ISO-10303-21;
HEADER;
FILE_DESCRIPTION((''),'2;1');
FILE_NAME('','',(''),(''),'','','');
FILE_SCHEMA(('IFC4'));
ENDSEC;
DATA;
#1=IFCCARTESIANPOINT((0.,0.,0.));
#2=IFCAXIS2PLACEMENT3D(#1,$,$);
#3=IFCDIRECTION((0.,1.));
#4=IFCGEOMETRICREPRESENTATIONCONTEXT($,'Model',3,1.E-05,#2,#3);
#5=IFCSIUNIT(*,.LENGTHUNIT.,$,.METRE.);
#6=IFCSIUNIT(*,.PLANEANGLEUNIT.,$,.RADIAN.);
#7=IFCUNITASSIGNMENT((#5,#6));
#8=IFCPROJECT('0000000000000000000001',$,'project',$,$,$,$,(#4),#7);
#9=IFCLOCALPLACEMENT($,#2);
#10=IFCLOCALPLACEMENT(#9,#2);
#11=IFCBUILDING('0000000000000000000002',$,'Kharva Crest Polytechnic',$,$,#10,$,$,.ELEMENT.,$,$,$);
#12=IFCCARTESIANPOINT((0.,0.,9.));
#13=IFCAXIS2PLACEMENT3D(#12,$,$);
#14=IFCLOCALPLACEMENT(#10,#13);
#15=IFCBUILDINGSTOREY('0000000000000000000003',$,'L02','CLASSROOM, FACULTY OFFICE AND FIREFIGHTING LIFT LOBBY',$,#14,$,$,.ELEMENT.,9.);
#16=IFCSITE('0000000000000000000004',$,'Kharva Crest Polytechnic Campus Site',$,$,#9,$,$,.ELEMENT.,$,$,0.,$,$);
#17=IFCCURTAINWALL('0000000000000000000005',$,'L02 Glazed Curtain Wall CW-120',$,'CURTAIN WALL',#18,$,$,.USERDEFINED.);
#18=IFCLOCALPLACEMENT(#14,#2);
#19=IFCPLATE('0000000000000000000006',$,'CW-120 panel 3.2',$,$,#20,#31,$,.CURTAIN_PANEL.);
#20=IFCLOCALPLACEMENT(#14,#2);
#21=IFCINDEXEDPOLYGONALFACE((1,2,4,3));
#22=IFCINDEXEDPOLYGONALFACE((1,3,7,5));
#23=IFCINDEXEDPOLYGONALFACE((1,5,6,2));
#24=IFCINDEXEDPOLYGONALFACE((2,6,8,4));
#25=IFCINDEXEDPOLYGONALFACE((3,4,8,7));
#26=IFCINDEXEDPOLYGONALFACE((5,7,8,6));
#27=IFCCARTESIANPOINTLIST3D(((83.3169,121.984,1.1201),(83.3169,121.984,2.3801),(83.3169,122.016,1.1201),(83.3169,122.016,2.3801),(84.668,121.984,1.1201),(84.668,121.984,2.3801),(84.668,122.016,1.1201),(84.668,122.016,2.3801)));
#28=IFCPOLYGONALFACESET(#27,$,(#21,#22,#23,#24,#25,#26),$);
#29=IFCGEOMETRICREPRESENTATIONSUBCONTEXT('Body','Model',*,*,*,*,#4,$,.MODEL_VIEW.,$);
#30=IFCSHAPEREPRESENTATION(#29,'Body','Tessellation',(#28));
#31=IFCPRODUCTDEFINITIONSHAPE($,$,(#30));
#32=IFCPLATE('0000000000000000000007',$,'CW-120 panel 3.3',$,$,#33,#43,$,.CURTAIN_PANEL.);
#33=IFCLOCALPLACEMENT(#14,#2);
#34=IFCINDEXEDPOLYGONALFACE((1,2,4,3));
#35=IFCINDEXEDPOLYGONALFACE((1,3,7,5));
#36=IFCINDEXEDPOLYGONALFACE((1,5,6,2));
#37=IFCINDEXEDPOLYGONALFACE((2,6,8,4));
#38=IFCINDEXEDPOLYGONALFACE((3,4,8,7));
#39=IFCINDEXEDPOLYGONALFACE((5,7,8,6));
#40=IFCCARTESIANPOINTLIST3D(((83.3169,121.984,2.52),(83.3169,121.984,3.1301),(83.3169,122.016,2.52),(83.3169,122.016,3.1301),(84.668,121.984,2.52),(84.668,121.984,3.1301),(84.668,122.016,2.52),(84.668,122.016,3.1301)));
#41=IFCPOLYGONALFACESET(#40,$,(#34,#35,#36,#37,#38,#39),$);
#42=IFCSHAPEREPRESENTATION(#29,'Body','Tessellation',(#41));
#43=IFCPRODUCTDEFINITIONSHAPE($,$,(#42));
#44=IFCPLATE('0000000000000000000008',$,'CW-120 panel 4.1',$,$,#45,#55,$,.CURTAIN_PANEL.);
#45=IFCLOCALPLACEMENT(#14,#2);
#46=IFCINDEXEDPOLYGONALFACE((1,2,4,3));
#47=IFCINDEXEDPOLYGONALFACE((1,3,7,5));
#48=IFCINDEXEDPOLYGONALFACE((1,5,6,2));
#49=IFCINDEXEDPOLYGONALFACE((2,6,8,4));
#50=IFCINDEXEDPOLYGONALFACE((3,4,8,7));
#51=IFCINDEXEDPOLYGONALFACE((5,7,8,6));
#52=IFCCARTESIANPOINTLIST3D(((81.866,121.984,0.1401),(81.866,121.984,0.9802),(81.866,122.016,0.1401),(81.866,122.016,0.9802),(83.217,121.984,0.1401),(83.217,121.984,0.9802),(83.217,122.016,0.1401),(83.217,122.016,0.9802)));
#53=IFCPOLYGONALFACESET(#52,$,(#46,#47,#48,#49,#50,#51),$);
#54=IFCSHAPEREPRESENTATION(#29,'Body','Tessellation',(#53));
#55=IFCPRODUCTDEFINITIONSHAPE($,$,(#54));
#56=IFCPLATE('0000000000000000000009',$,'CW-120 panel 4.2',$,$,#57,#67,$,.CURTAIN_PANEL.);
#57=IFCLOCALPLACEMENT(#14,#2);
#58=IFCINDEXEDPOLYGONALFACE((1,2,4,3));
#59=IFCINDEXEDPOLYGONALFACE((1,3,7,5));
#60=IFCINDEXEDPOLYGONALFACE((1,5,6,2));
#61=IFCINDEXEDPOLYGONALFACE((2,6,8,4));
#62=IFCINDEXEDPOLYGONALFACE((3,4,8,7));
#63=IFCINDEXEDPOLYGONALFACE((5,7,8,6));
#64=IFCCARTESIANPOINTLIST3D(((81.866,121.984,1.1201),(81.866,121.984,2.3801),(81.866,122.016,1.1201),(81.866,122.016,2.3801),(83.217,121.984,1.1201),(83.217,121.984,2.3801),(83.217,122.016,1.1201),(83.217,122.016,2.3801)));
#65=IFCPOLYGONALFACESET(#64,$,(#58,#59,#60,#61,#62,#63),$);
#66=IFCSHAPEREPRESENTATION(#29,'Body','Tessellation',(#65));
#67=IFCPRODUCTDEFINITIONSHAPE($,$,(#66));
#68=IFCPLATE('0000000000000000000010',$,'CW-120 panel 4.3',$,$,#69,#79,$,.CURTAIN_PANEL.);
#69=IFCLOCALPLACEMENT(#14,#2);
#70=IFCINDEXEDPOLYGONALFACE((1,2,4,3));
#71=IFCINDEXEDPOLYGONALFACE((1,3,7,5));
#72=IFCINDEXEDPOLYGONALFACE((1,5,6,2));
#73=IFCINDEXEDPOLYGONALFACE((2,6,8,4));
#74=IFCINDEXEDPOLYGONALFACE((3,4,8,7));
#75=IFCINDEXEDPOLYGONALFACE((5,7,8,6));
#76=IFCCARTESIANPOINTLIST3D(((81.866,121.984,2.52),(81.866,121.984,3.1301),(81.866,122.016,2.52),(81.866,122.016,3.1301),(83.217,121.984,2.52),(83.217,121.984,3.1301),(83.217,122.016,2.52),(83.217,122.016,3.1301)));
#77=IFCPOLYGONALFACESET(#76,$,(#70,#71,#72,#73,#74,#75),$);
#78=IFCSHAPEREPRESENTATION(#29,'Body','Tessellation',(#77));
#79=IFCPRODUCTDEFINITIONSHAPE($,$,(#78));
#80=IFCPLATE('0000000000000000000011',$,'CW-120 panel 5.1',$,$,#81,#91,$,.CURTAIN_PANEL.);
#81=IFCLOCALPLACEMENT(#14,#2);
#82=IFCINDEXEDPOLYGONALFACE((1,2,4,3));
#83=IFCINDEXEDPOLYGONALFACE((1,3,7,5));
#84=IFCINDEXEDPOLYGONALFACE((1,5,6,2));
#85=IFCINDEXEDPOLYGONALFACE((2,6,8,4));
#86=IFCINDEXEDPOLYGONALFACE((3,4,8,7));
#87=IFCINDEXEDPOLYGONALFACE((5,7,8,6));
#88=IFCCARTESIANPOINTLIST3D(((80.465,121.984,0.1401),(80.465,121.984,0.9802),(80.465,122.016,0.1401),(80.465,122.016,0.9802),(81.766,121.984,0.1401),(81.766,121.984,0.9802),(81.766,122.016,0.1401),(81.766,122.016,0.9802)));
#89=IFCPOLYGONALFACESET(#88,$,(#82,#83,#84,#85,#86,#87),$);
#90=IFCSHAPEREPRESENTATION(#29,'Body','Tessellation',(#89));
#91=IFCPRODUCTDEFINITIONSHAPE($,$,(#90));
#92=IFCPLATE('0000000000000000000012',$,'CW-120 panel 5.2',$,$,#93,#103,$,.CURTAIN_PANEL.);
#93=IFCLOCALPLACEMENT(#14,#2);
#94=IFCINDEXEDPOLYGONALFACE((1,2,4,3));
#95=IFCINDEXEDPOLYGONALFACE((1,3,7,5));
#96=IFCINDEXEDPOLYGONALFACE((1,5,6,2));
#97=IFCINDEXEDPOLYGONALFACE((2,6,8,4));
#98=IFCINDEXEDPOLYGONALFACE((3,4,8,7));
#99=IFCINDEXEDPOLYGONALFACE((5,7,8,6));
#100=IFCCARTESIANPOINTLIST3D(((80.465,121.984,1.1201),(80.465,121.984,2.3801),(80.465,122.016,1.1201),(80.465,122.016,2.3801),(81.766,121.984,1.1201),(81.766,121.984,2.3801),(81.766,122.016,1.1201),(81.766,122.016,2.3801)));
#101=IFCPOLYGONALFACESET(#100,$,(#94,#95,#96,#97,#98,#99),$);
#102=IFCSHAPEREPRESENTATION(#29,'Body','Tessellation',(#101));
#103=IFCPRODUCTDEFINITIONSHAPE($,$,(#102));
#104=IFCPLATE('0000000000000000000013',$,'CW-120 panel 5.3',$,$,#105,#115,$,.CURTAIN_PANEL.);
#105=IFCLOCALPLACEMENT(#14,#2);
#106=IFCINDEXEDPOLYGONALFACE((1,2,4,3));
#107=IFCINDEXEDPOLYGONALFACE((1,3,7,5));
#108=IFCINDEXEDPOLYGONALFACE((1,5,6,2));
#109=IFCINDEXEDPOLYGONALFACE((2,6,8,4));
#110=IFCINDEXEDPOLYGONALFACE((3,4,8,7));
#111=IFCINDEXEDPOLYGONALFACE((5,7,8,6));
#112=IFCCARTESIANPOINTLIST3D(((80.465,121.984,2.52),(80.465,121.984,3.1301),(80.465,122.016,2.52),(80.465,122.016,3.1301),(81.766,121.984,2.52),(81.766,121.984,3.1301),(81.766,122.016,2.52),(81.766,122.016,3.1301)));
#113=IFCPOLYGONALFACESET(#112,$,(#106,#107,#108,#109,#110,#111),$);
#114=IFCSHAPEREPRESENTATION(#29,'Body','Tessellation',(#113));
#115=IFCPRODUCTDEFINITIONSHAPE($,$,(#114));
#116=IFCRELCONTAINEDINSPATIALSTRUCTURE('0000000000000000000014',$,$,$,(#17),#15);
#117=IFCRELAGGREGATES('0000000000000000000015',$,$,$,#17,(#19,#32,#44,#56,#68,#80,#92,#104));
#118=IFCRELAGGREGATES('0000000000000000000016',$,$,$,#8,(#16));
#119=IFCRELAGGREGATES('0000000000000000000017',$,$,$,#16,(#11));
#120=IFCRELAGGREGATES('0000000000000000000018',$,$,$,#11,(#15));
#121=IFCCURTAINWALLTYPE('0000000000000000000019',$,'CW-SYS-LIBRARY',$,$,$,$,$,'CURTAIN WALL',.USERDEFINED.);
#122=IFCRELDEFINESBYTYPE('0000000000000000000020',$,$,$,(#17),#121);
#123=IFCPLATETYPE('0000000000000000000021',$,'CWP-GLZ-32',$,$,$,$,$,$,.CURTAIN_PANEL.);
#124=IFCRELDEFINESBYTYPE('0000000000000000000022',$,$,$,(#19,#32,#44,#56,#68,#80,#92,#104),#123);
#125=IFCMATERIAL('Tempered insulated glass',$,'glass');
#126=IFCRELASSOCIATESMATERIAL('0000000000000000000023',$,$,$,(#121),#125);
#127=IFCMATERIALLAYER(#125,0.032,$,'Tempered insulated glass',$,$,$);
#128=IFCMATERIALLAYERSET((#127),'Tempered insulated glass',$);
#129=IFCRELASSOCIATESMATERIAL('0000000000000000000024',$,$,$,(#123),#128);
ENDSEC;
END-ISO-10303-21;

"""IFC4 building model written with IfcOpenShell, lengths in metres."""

from ifc_helpers import new_model, si_unit, direction, frame, origin, origin_2d, place, context, subcontext, project, spatial, rectangle, extrude, material, layer, layer_set, type_object, element, aggregate, save


model = new_model("IFC4")

# Units and contexts
model_context = context("Model", 3, precision=1e-05, world=origin(), true_north=direction((0.0, 1.0)))
body_context = subcontext(model_context, "Body", "Model", "MODEL_VIEW")
ifc_project = project(units=[si_unit("LENGTHUNIT", "METRE"), si_unit("PLANEANGLEUNIT", "RADIAN")], contexts=[model_context])

# Site, building, storey
site_placement = place(None, origin())
site = spatial("IfcSite", under=ifc_project, at=site_placement, Name="Kharva Crest Polytechnic Campus Site", CompositionType="ELEMENT", RefElevation=0.0)
building_placement = place(site_placement, origin())
building = spatial("IfcBuilding", under=site, at=building_placement, Name="Kharva Crest Polytechnic", CompositionType="ELEMENT")
storey_placement = place(building_placement, frame((0.0, 0.0, 9.0)))
storey = spatial("IfcBuildingStorey", under=building, at=storey_placement, Name="L02", Description="CLASSROOM, FACULTY OFFICE AND FIREFIGHTING LIFT LOBBY", CompositionType="ELEMENT", Elevation=9.0)

# Curtain wall, plates
ifc_material_1 = material(Name="Tempered insulated glass", Category="glass")
curtain_wall_type = type_object("IfcCurtainWallType", Name="CW-SYS-LIBRARY", ElementType="CURTAIN WALL", PredefinedType="USERDEFINED", material=ifc_material_1)
curtain_wall_placement = place(storey_placement, origin())
curtain_wall = element("IfcCurtainWall", 1, at=curtain_wall_placement, inside=storey, type_object=curtain_wall_type, Name="L02 Glazed Curtain Wall CW-120", ObjectType="CURTAIN WALL", PredefinedType="USERDEFINED")
ifc_layer = layer(ifc_material_1, 0.032, Name="Tempered insulated glass")
ifc_layer_set = layer_set([ifc_layer], Name="Tempered insulated glass")
plate_type = type_object("IfcPlateType", Name="CWP-GLZ-32", PredefinedType="CURTAIN_PANEL", material=ifc_layer_set)
plate_1_placement = place(storey_placement, frame((83.9924, 122.0, 1.1201), z_axis=(0.0, 0.0, 1.0), x_axis=(-1.0, 0.0, 0.0)))
plate_1 = element("IfcPlate", 2, at=plate_1_placement, type_object=plate_type, Name="CW-120 panel 3.2", PredefinedType="CURTAIN_PANEL", context=body_context, shape_type="SweptSolid", body=[
    extrude(rectangle(XDim=1.3511, YDim=0.032, at=origin_2d()), origin(), (0.0, 0.0, 1.0), 1.26),
])
plate_2_placement = place(storey_placement, frame((83.9924, 122.0, 2.52), z_axis=(0.0, 0.0, 1.0), x_axis=(-1.0, 0.0, 0.0)))
plate_2 = element("IfcPlate", 3, at=plate_2_placement, type_object=plate_type, Name="CW-120 panel 3.3", PredefinedType="CURTAIN_PANEL", context=body_context, shape_type="SweptSolid", body=[
    extrude(rectangle(XDim=1.3511, YDim=0.032, at=origin_2d()), origin(), (0.0, 0.0, 1.0), 0.6101),
])
plate_3_placement = place(storey_placement, frame((82.5415, 122.0, 0.1401), z_axis=(0.0, 0.0, 1.0), x_axis=(-1.0, 0.0, 0.0)))
plate_3 = element("IfcPlate", 4, at=plate_3_placement, type_object=plate_type, Name="CW-120 panel 4.1", PredefinedType="CURTAIN_PANEL", context=body_context, shape_type="SweptSolid", body=[
    extrude(rectangle(XDim=1.3511, YDim=0.032, at=origin_2d()), origin(), (0.0, 0.0, 1.0), 0.8401),
])
plate_4_placement = place(storey_placement, frame((82.5415, 122.0, 1.1201), z_axis=(0.0, 0.0, 1.0), x_axis=(-1.0, 0.0, 0.0)))
plate_4 = element("IfcPlate", 5, at=plate_4_placement, type_object=plate_type, Name="CW-120 panel 4.2", PredefinedType="CURTAIN_PANEL", context=body_context, shape_type="SweptSolid", body=[
    extrude(rectangle(XDim=1.3511, YDim=0.032, at=origin_2d()), origin(), (0.0, 0.0, 1.0), 1.26),
])
plate_5_placement = place(storey_placement, frame((82.5415, 122.0, 2.52), z_axis=(0.0, 0.0, 1.0), x_axis=(-1.0, 0.0, 0.0)))
plate_5 = element("IfcPlate", 6, at=plate_5_placement, type_object=plate_type, Name="CW-120 panel 4.3", PredefinedType="CURTAIN_PANEL", context=body_context, shape_type="SweptSolid", body=[
    extrude(rectangle(XDim=1.3511, YDim=0.032, at=origin_2d()), origin(), (0.0, 0.0, 1.0), 0.6101),
])
plate_6_placement = place(storey_placement, frame((81.1155, 122.0, 0.1401), z_axis=(0.0, 0.0, 1.0), x_axis=(-1.0, 0.0, 0.0)))
plate_6 = element("IfcPlate", 7, at=plate_6_placement, type_object=plate_type, Name="CW-120 panel 5.1", PredefinedType="CURTAIN_PANEL", context=body_context, shape_type="SweptSolid", body=[
    extrude(rectangle(XDim=1.301, YDim=0.032, at=origin_2d()), origin(), (0.0, 0.0, 1.0), 0.8401),
])
plate_7_placement = place(storey_placement, frame((81.1155, 122.0, 1.1201), z_axis=(0.0, 0.0, 1.0), x_axis=(-1.0, 0.0, 0.0)))
plate_7 = element("IfcPlate", 8, at=plate_7_placement, type_object=plate_type, Name="CW-120 panel 5.2", PredefinedType="CURTAIN_PANEL", context=body_context, shape_type="SweptSolid", body=[
    extrude(rectangle(XDim=1.301, YDim=0.032, at=origin_2d()), origin(), (0.0, 0.0, 1.0), 1.26),
])
plate_8_placement = place(storey_placement, frame((81.1155, 122.0, 2.52), z_axis=(0.0, 0.0, 1.0), x_axis=(-1.0, 0.0, 0.0)))
plate_8 = element("IfcPlate", 9, at=plate_8_placement, type_object=plate_type, Name="CW-120 panel 5.3", PredefinedType="CURTAIN_PANEL", context=body_context, shape_type="SweptSolid", body=[
    extrude(rectangle(XDim=1.301, YDim=0.032, at=origin_2d()), origin(), (0.0, 0.0, 1.0), 0.6101),
])
aggregate(curtain_wall, [plate_1, plate_2, plate_3, plate_4, plate_5, plate_6, plate_7, plate_8])

save(model, "model.ifc")
